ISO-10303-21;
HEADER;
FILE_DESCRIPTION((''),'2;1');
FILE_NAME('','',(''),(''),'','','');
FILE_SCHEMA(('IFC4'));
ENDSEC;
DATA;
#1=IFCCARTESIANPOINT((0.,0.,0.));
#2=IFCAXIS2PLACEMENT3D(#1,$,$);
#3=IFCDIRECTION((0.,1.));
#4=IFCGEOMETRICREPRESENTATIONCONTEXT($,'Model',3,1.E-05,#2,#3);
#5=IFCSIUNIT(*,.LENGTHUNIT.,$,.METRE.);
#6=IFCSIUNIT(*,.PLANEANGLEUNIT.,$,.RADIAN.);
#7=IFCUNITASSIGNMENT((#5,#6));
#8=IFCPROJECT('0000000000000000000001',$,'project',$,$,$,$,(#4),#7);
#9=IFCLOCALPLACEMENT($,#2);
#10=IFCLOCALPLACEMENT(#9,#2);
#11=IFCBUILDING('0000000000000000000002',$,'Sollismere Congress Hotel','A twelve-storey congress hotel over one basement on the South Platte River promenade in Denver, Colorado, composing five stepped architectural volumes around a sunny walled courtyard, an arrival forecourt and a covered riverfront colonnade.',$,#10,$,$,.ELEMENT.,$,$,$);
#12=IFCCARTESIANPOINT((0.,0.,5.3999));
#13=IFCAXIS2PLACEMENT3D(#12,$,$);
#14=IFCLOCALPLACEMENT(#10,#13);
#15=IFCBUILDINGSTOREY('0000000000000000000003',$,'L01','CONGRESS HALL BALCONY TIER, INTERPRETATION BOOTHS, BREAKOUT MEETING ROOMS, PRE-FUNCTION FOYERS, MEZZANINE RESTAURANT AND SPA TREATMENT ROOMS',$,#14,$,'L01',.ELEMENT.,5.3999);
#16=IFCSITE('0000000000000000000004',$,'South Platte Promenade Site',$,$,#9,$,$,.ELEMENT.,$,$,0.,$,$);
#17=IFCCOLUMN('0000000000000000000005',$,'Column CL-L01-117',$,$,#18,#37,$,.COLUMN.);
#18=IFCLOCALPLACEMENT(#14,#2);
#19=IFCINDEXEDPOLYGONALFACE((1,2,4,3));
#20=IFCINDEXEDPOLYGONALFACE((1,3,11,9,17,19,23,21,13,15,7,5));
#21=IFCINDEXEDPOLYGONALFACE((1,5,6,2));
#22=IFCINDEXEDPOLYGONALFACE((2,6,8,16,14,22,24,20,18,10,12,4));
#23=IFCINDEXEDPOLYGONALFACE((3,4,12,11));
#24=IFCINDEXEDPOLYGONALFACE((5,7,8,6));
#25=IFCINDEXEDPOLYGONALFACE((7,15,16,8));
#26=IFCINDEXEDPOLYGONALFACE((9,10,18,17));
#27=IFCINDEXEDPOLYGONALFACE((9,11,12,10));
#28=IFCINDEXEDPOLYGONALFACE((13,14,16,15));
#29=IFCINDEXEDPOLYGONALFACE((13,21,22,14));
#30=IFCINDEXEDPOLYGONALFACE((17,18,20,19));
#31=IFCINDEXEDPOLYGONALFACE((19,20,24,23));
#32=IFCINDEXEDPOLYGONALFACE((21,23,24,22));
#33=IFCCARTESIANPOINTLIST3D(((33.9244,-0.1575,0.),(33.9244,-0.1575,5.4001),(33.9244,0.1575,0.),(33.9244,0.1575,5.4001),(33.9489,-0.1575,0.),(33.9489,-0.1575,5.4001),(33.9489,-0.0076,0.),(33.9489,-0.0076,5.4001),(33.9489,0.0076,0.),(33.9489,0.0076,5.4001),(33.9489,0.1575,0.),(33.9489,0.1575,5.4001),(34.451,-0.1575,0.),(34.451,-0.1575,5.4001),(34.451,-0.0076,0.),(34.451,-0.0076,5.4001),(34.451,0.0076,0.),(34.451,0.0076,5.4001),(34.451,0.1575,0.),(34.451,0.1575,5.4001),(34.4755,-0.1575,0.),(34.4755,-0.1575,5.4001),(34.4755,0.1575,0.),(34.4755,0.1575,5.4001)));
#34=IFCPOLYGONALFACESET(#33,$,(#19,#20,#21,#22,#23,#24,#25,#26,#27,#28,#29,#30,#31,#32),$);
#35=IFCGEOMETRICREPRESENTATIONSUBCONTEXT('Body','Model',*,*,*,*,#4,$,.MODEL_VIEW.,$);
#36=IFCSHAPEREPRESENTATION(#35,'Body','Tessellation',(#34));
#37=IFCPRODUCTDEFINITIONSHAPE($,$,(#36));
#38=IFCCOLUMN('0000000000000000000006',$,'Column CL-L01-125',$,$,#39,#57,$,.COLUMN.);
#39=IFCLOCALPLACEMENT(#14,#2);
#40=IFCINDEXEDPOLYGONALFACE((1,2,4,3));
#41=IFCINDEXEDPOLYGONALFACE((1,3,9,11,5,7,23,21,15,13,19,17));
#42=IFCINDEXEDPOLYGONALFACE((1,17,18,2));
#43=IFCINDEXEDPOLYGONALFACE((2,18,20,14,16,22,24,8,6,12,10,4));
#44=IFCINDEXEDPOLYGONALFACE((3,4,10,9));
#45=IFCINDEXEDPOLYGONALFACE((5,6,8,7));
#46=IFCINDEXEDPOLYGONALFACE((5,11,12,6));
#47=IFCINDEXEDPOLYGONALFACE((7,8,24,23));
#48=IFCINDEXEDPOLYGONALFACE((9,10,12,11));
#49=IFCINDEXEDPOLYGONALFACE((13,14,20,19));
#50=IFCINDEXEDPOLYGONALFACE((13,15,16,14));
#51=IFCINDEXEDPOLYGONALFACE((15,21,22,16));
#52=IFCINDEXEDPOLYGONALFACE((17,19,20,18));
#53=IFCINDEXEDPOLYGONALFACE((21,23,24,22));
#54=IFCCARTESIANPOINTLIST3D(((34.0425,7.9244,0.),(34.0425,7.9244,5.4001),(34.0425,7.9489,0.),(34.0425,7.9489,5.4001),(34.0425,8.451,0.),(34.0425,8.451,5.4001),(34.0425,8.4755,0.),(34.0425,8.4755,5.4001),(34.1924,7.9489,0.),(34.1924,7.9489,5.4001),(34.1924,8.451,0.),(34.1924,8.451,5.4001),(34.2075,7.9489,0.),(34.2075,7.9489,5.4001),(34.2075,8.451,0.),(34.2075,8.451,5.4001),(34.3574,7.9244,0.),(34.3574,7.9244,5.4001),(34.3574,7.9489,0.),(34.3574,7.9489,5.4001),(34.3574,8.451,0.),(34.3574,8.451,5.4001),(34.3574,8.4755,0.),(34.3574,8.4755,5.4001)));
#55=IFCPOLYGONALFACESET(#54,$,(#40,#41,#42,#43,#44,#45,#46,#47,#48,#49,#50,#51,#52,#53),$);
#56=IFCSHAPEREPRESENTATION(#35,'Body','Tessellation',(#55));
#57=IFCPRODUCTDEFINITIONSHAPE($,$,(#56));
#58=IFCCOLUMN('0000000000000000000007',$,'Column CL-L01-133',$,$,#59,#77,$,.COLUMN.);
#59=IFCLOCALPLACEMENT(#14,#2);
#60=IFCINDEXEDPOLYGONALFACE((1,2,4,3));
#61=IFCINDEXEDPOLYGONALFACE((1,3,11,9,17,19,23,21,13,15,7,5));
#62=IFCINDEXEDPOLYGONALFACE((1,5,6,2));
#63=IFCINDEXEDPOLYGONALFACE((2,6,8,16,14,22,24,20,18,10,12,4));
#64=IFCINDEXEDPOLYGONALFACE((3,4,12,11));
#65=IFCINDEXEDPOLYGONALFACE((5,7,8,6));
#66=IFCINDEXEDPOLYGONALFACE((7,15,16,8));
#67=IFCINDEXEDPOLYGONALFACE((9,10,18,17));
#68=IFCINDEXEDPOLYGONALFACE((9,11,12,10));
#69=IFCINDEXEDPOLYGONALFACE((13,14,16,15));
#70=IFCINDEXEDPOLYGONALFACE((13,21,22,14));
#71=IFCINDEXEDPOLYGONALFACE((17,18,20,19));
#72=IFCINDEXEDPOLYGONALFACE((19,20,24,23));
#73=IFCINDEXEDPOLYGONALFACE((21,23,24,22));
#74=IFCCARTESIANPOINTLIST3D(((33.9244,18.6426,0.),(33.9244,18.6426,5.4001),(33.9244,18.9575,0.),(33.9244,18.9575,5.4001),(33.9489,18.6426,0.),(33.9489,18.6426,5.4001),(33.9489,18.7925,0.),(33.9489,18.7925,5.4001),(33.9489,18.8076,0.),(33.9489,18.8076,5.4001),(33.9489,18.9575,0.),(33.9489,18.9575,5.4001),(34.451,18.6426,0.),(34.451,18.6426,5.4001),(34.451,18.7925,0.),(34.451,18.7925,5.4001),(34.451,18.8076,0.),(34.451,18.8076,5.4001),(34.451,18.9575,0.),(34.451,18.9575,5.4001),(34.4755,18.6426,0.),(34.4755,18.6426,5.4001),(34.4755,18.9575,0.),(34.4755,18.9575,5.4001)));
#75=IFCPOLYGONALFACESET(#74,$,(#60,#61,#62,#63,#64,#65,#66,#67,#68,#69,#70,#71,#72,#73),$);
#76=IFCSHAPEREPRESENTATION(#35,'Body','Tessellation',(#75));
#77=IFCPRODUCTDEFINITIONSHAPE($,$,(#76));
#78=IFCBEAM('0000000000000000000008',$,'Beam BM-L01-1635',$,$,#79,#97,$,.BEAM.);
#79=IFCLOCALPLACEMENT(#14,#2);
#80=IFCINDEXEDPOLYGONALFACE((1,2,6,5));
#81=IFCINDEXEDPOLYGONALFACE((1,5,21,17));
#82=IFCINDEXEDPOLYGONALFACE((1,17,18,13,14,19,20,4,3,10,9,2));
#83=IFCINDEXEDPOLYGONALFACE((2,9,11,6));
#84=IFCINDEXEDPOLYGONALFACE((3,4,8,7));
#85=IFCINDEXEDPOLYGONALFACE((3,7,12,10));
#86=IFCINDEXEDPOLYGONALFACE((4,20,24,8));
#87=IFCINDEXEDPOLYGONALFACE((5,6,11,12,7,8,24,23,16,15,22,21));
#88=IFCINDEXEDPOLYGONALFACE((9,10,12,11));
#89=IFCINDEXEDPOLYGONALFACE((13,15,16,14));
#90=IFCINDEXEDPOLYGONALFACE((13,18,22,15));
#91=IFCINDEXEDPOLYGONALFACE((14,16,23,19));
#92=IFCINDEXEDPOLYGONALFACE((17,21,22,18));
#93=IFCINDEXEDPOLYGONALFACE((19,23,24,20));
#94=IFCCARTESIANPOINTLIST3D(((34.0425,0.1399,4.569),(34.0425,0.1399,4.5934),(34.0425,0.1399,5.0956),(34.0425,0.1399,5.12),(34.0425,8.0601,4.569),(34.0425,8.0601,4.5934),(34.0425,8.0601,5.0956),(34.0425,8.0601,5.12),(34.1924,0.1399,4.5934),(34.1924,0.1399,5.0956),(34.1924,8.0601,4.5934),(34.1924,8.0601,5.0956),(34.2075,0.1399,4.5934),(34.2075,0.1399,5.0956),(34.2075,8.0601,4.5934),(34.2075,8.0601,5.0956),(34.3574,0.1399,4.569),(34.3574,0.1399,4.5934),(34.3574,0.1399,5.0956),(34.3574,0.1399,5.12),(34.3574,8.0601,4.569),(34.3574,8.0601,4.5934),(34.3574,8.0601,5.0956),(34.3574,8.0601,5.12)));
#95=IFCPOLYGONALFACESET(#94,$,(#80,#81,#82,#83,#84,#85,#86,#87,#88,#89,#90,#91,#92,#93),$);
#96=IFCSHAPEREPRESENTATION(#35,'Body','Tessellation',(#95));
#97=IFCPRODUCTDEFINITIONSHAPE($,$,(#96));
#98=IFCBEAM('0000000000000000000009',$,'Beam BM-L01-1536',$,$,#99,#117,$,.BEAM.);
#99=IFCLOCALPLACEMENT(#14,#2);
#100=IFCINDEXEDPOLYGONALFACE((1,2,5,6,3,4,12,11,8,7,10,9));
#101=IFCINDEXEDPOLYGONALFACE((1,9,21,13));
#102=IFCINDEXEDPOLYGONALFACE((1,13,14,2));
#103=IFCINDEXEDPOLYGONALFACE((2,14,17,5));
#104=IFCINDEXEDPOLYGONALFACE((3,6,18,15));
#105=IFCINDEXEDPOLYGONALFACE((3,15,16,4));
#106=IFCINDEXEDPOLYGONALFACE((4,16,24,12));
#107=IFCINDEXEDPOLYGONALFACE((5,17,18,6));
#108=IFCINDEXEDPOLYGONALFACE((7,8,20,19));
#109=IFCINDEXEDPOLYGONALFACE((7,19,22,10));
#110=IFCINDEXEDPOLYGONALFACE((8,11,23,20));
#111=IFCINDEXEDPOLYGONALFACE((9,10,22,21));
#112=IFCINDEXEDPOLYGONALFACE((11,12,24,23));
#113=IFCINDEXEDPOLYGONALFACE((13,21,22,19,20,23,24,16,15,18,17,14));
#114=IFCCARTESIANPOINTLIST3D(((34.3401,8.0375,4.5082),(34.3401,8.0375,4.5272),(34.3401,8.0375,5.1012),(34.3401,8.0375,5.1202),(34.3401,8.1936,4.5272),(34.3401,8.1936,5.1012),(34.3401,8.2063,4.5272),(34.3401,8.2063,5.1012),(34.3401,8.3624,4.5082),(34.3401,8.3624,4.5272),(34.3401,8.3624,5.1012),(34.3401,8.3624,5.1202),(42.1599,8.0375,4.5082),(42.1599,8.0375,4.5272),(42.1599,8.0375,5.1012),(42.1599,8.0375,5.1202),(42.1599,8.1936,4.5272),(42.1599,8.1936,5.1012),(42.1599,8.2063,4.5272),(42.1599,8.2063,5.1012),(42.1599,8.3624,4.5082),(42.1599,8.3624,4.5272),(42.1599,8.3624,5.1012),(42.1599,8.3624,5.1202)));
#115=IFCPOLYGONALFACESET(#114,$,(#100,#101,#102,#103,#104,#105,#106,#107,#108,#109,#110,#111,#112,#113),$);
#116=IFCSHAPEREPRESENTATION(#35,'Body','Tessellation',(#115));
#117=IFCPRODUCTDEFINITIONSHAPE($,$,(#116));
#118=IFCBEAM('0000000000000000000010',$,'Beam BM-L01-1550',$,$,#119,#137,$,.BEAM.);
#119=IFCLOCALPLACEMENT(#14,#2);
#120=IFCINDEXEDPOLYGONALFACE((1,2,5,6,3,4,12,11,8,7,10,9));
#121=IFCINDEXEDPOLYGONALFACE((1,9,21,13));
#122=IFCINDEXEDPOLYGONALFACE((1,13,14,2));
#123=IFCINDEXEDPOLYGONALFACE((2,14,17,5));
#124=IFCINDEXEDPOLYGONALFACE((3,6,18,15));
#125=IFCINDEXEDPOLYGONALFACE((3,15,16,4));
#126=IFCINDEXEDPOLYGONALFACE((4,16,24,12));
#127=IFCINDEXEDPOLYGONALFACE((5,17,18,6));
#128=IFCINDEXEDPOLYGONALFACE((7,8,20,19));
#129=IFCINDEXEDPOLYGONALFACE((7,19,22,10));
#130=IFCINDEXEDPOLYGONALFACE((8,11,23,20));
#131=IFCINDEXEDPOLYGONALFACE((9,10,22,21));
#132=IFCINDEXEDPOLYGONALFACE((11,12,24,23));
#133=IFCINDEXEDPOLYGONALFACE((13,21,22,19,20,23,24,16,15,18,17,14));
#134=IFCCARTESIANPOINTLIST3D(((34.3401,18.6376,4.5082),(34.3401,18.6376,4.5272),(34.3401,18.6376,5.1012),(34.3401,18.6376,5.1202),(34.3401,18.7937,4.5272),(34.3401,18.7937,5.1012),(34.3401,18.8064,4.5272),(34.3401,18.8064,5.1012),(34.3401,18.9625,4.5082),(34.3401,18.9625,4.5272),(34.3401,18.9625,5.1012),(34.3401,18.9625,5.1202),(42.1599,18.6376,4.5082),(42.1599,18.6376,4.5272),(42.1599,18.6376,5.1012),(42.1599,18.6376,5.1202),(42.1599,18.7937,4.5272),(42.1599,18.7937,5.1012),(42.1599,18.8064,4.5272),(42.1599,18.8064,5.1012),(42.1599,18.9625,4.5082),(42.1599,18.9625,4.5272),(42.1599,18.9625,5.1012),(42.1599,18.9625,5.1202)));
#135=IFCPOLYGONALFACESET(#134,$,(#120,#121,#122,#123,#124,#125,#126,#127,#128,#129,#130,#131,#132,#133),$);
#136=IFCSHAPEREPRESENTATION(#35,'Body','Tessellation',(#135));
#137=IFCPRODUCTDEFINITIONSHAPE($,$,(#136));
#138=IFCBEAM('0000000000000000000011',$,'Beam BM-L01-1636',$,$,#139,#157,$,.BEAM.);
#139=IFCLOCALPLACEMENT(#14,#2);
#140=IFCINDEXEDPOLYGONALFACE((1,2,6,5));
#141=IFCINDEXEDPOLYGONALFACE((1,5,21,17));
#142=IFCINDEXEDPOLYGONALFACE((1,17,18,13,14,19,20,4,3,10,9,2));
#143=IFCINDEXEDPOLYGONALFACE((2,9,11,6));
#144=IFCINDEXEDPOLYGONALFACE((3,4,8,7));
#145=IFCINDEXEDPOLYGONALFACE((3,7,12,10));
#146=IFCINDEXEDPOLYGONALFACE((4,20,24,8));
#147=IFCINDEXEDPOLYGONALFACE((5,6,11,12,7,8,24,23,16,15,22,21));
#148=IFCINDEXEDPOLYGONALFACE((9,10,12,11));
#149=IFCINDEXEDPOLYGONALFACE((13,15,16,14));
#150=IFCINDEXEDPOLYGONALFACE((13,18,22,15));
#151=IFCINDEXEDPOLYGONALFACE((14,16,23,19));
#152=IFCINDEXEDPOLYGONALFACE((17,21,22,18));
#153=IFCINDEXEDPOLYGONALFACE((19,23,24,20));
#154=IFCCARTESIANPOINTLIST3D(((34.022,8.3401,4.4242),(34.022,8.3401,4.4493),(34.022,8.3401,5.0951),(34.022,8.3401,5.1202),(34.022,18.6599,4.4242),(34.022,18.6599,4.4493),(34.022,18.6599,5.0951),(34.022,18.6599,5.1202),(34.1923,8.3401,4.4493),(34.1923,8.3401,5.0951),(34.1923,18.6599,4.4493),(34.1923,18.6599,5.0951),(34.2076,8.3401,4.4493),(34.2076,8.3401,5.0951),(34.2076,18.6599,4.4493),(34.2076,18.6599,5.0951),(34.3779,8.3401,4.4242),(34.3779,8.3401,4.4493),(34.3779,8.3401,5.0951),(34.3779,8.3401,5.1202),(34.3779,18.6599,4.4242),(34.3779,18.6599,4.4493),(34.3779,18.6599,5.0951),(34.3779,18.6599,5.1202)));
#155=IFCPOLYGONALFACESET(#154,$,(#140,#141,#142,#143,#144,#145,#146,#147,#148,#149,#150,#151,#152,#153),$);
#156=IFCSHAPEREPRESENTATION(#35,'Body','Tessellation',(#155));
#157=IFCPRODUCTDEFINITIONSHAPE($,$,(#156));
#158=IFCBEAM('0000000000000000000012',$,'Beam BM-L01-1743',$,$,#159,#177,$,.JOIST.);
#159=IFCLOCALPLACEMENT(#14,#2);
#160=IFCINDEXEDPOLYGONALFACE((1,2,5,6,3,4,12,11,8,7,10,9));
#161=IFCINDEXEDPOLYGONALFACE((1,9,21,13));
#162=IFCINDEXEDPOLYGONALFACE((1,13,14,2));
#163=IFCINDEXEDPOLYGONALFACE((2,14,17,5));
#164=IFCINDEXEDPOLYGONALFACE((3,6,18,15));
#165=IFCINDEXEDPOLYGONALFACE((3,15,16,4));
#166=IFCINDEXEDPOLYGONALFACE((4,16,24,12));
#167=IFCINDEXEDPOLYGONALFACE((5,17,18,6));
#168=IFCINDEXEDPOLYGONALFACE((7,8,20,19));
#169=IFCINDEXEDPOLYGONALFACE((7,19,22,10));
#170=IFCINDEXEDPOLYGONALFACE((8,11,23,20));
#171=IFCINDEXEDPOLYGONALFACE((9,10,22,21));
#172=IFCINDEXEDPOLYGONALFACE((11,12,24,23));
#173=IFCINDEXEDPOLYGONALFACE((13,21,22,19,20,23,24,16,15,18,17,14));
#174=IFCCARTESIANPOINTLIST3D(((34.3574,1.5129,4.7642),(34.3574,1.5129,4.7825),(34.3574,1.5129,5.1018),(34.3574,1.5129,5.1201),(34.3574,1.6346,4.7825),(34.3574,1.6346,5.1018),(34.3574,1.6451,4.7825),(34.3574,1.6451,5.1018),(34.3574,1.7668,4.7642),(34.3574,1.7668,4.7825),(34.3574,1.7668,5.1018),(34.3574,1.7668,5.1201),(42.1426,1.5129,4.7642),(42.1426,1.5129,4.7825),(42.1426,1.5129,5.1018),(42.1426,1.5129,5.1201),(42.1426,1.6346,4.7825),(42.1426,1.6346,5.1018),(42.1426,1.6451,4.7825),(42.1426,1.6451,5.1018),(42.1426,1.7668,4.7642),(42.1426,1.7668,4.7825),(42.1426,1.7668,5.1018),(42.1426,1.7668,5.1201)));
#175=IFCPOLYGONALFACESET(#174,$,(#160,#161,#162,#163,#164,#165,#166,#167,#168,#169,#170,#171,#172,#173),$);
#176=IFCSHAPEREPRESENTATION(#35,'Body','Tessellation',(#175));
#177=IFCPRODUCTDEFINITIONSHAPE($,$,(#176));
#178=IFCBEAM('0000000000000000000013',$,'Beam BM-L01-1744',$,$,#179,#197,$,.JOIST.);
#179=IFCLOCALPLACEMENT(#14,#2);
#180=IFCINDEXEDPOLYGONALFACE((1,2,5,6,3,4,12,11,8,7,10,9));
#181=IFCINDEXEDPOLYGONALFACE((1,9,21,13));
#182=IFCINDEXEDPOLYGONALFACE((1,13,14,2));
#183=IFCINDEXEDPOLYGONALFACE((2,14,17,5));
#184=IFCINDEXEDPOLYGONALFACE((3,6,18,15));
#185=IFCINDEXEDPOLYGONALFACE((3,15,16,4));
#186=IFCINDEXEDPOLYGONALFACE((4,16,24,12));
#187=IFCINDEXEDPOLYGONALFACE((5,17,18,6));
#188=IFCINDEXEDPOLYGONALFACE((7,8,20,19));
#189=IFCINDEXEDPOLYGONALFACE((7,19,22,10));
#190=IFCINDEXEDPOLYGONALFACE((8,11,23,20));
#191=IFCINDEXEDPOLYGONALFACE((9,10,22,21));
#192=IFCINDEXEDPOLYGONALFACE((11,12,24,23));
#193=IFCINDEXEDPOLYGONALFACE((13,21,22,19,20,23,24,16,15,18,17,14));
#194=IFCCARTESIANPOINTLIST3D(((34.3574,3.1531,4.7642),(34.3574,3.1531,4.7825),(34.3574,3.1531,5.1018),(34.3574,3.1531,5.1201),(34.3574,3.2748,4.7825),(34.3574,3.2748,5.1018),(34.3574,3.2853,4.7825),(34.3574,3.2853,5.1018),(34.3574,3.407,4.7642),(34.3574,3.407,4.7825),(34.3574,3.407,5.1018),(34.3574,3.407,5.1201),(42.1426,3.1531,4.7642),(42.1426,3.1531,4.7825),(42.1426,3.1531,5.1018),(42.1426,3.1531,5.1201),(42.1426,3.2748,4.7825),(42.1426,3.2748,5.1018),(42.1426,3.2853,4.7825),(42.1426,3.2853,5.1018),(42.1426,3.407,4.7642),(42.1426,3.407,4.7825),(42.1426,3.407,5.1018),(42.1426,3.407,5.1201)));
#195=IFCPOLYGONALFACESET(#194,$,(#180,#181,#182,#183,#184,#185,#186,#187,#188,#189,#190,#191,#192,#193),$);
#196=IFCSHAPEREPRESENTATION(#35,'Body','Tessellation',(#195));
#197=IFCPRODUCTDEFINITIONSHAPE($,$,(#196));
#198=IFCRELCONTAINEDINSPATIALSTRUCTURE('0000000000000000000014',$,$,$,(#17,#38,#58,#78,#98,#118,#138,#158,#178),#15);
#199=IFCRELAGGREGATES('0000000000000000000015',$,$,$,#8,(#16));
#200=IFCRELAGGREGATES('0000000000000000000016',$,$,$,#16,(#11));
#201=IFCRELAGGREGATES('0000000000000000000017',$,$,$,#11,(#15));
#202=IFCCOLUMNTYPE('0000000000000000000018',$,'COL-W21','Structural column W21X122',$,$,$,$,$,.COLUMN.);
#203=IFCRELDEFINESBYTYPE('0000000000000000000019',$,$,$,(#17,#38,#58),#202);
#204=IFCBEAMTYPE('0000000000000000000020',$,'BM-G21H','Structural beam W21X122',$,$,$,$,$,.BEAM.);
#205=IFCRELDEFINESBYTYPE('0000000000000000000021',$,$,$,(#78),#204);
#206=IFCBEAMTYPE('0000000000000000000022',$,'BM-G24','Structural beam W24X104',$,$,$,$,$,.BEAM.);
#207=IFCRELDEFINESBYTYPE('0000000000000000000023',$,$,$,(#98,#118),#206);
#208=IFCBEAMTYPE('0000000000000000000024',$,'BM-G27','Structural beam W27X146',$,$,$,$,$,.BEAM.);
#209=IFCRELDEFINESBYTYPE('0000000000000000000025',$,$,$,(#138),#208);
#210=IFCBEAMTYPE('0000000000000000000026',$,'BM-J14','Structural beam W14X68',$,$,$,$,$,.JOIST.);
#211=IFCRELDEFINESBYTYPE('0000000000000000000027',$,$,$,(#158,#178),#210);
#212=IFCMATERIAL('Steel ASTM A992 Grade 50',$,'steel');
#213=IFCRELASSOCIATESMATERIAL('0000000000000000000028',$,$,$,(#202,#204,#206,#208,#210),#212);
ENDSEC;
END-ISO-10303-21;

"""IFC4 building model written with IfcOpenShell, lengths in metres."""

from ifc_helpers import new_model, si_unit, direction, frame, origin, origin_2d, place, context, subcontext, project, spatial, i_section, extrude, material, material_profile, profile_set, type_object, element, save


model = new_model("IFC4")

# Units and contexts
model_context = context("Model", 3, precision=1e-05, world=origin(), true_north=direction((0.0, 1.0)))
body_context = subcontext(model_context, "Body", "Model", "MODEL_VIEW")
ifc_project = project(units=[si_unit("LENGTHUNIT", "METRE"), si_unit("PLANEANGLEUNIT", "RADIAN")], contexts=[model_context])

# Site, building, storey
site_placement = place(None, origin())
site = spatial("IfcSite", under=ifc_project, at=site_placement, Name="South Platte Promenade Site", CompositionType="ELEMENT", RefElevation=0.0)
building_placement = place(site_placement, origin())
building = spatial("IfcBuilding", under=site, at=building_placement, Name="Sollismere Congress Hotel", Description="A twelve-storey congress hotel over one basement on the South Platte River promenade in Denver, Colorado, composing five stepped architectural volumes around a sunny walled courtyard, an arrival forecourt and a covered riverfront colonnade.", CompositionType="ELEMENT")
storey_placement = place(building_placement, frame((0.0, 0.0, 5.3999)))
storey = spatial("IfcBuildingStorey", under=building, at=storey_placement, Name="L01", Description="CONGRESS HALL BALCONY TIER, INTERPRETATION BOOTHS, BREAKOUT MEETING ROOMS, PRE-FUNCTION FOYERS, MEZZANINE RESTAURANT AND SPA TREATMENT ROOMS", LongName="L01", CompositionType="ELEMENT", Elevation=5.3999)

# Columns
ifc_material_1 = material(Name="Steel ASTM A992 Grade 50", Category="steel")
ifc_material_profile_1 = material_profile(ifc_material_1, i_section(OverallWidth=0.3149, OverallDepth=0.551, WebThickness=0.0151, FlangeThickness=0.0244, at=origin_2d()), Name="W21X122")
ifc_profile_set_1 = profile_set([ifc_material_profile_1], Name="Steel ASTM A992 Grade 50")
column_type = type_object("IfcColumnType", Name="COL-W21", Description="Structural column W21X122", PredefinedType="COLUMN", material=ifc_profile_set_1)
for number, where, z_axis, x_axis, name in (
    (1, (34.2, 0.0, 0.0), (0.0, 0.0, 1.0), (0.0, 1.0, 0.0), "Column CL-L01-117"),
    (2, (34.2, 8.2, 0.0), (0.0, 0.0, 1.0), (1.0, 0.0, 0.0), "Column CL-L01-125"),
    (3, (34.2, 18.8, 0.0), (0.0, 0.0, 1.0), (0.0, 1.0, 0.0), "Column CL-L01-133"),
):
    element("IfcColumn", number, at=place(storey_placement, frame(where, z_axis=z_axis, x_axis=x_axis)), inside=storey, type_object=column_type, Name=name, PredefinedType="COLUMN", context=body_context, shape_type="SweptSolid", body=[
        extrude(i_section(OverallWidth=0.3149, OverallDepth=0.551, WebThickness=0.0151, FlangeThickness=0.0244, at=origin_2d()), origin(), (0.0, 0.0, 1.0), 5.4001),
    ])

# Beams
ifc_material_profile_2 = material_profile(ifc_material_1, i_section(OverallWidth=0.3149, OverallDepth=0.551, WebThickness=0.0151, FlangeThickness=0.0244, at=origin_2d()), Name="W21X122")
ifc_profile_set_2 = profile_set([ifc_material_profile_2], Name="Steel ASTM A992 Grade 50")
beam_type_1 = type_object("IfcBeamType", Name="BM-G21H", Description="Structural beam W21X122", PredefinedType="BEAM", material=ifc_profile_set_2)
beam_1_placement = place(storey_placement, frame((34.2, 0.1399, 4.8445), z_axis=(0.0, 1.0, 0.0), x_axis=(-1.0, 0.0, 0.0)))
element("IfcBeam", 4, at=beam_1_placement, inside=storey, type_object=beam_type_1, Name="Beam BM-L01-1635", PredefinedType="BEAM", context=body_context, shape_type="SweptSolid", body=[
    extrude(i_section(OverallWidth=0.3149, OverallDepth=0.551, WebThickness=0.0151, FlangeThickness=0.0244, at=origin_2d()), origin(), (0.0, 0.0, 1.0), 7.9202),
])
ifc_material_profile_3 = material_profile(ifc_material_1, i_section(OverallWidth=0.325, OverallDepth=0.6121, WebThickness=0.0127, FlangeThickness=0.019, at=origin_2d()), Name="W24X104")
ifc_profile_set_3 = profile_set([ifc_material_profile_3], Name="Steel ASTM A992 Grade 50")
beam_type_2 = type_object("IfcBeamType", Name="BM-G24", Description="Structural beam W24X104", PredefinedType="BEAM", material=ifc_profile_set_3)
for number, where, z_axis, x_axis, name in (
    (5, (34.3401, 8.2, 4.8142), (1.0, 0.0, 0.0), (0.0, 1.0, 0.0), "Beam BM-L01-1536"),
    (6, (34.3401, 18.8, 4.8142), (1.0, 0.0, 0.0), (0.0, 1.0, 0.0), "Beam BM-L01-1550"),
):
    element("IfcBeam", number, at=place(storey_placement, frame(where, z_axis=z_axis, x_axis=x_axis)), inside=storey, type_object=beam_type_2, Name=name, PredefinedType="BEAM", context=body_context, shape_type="SweptSolid", body=[
        extrude(i_section(OverallWidth=0.325, OverallDepth=0.6121, WebThickness=0.0127, FlangeThickness=0.019, at=origin_2d()), origin(), (0.0, 0.0, 1.0), 7.8198),
    ])
ifc_material_profile_4 = material_profile(ifc_material_1, i_section(OverallWidth=0.356, OverallDepth=0.696, WebThickness=0.0154, FlangeThickness=0.0251, at=origin_2d()), Name="W27X146")
ifc_profile_set_4 = profile_set([ifc_material_profile_4], Name="Steel ASTM A992 Grade 50")
beam_type_3 = type_object("IfcBeamType", Name="BM-G27", Description="Structural beam W27X146", PredefinedType="BEAM", material=ifc_profile_set_4)
beam_2_placement = place(storey_placement, frame((34.2, 8.3401, 4.7722), z_axis=(0.0, 1.0, 0.0), x_axis=(-1.0, 0.0, 0.0)))
element("IfcBeam", 7, at=beam_2_placement, inside=storey, type_object=beam_type_3, Name="Beam BM-L01-1636", PredefinedType="BEAM", context=body_context, shape_type="SweptSolid", body=[
    extrude(i_section(OverallWidth=0.356, OverallDepth=0.696, WebThickness=0.0154, FlangeThickness=0.0251, at=origin_2d()), origin(), (0.0, 0.0, 1.0), 10.3198),
])
ifc_material_profile_5 = material_profile(ifc_material_1, i_section(OverallWidth=0.2539, OverallDepth=0.356, WebThickness=0.0105, FlangeThickness=0.0183, at=origin_2d()), Name="W14X68")
ifc_profile_set_5 = profile_set([ifc_material_profile_5], Name="Steel ASTM A992 Grade 50")
beam_type_4 = type_object("IfcBeamType", Name="BM-J14", Description="Structural beam W14X68", PredefinedType="JOIST", material=ifc_profile_set_5)
for number, where, z_axis, x_axis, name in (
    (8, (34.3574, 1.6399, 4.9421), (1.0, 0.0, 0.0), (0.0, 1.0, 0.0), "Beam BM-L01-1743"),
    (9, (34.3574, 3.28, 4.9421), (1.0, 0.0, 0.0), (0.0, 1.0, 0.0), "Beam BM-L01-1744"),
):
    element("IfcBeam", number, at=place(storey_placement, frame(where, z_axis=z_axis, x_axis=x_axis)), inside=storey, type_object=beam_type_4, Name=name, PredefinedType="JOIST", context=body_context, shape_type="SweptSolid", body=[
        extrude(i_section(OverallWidth=0.2539, OverallDepth=0.356, WebThickness=0.0105, FlangeThickness=0.0183, at=origin_2d()), origin(), (0.0, 0.0, 1.0), 7.7852),
    ])

save(model, "model.ifc")
